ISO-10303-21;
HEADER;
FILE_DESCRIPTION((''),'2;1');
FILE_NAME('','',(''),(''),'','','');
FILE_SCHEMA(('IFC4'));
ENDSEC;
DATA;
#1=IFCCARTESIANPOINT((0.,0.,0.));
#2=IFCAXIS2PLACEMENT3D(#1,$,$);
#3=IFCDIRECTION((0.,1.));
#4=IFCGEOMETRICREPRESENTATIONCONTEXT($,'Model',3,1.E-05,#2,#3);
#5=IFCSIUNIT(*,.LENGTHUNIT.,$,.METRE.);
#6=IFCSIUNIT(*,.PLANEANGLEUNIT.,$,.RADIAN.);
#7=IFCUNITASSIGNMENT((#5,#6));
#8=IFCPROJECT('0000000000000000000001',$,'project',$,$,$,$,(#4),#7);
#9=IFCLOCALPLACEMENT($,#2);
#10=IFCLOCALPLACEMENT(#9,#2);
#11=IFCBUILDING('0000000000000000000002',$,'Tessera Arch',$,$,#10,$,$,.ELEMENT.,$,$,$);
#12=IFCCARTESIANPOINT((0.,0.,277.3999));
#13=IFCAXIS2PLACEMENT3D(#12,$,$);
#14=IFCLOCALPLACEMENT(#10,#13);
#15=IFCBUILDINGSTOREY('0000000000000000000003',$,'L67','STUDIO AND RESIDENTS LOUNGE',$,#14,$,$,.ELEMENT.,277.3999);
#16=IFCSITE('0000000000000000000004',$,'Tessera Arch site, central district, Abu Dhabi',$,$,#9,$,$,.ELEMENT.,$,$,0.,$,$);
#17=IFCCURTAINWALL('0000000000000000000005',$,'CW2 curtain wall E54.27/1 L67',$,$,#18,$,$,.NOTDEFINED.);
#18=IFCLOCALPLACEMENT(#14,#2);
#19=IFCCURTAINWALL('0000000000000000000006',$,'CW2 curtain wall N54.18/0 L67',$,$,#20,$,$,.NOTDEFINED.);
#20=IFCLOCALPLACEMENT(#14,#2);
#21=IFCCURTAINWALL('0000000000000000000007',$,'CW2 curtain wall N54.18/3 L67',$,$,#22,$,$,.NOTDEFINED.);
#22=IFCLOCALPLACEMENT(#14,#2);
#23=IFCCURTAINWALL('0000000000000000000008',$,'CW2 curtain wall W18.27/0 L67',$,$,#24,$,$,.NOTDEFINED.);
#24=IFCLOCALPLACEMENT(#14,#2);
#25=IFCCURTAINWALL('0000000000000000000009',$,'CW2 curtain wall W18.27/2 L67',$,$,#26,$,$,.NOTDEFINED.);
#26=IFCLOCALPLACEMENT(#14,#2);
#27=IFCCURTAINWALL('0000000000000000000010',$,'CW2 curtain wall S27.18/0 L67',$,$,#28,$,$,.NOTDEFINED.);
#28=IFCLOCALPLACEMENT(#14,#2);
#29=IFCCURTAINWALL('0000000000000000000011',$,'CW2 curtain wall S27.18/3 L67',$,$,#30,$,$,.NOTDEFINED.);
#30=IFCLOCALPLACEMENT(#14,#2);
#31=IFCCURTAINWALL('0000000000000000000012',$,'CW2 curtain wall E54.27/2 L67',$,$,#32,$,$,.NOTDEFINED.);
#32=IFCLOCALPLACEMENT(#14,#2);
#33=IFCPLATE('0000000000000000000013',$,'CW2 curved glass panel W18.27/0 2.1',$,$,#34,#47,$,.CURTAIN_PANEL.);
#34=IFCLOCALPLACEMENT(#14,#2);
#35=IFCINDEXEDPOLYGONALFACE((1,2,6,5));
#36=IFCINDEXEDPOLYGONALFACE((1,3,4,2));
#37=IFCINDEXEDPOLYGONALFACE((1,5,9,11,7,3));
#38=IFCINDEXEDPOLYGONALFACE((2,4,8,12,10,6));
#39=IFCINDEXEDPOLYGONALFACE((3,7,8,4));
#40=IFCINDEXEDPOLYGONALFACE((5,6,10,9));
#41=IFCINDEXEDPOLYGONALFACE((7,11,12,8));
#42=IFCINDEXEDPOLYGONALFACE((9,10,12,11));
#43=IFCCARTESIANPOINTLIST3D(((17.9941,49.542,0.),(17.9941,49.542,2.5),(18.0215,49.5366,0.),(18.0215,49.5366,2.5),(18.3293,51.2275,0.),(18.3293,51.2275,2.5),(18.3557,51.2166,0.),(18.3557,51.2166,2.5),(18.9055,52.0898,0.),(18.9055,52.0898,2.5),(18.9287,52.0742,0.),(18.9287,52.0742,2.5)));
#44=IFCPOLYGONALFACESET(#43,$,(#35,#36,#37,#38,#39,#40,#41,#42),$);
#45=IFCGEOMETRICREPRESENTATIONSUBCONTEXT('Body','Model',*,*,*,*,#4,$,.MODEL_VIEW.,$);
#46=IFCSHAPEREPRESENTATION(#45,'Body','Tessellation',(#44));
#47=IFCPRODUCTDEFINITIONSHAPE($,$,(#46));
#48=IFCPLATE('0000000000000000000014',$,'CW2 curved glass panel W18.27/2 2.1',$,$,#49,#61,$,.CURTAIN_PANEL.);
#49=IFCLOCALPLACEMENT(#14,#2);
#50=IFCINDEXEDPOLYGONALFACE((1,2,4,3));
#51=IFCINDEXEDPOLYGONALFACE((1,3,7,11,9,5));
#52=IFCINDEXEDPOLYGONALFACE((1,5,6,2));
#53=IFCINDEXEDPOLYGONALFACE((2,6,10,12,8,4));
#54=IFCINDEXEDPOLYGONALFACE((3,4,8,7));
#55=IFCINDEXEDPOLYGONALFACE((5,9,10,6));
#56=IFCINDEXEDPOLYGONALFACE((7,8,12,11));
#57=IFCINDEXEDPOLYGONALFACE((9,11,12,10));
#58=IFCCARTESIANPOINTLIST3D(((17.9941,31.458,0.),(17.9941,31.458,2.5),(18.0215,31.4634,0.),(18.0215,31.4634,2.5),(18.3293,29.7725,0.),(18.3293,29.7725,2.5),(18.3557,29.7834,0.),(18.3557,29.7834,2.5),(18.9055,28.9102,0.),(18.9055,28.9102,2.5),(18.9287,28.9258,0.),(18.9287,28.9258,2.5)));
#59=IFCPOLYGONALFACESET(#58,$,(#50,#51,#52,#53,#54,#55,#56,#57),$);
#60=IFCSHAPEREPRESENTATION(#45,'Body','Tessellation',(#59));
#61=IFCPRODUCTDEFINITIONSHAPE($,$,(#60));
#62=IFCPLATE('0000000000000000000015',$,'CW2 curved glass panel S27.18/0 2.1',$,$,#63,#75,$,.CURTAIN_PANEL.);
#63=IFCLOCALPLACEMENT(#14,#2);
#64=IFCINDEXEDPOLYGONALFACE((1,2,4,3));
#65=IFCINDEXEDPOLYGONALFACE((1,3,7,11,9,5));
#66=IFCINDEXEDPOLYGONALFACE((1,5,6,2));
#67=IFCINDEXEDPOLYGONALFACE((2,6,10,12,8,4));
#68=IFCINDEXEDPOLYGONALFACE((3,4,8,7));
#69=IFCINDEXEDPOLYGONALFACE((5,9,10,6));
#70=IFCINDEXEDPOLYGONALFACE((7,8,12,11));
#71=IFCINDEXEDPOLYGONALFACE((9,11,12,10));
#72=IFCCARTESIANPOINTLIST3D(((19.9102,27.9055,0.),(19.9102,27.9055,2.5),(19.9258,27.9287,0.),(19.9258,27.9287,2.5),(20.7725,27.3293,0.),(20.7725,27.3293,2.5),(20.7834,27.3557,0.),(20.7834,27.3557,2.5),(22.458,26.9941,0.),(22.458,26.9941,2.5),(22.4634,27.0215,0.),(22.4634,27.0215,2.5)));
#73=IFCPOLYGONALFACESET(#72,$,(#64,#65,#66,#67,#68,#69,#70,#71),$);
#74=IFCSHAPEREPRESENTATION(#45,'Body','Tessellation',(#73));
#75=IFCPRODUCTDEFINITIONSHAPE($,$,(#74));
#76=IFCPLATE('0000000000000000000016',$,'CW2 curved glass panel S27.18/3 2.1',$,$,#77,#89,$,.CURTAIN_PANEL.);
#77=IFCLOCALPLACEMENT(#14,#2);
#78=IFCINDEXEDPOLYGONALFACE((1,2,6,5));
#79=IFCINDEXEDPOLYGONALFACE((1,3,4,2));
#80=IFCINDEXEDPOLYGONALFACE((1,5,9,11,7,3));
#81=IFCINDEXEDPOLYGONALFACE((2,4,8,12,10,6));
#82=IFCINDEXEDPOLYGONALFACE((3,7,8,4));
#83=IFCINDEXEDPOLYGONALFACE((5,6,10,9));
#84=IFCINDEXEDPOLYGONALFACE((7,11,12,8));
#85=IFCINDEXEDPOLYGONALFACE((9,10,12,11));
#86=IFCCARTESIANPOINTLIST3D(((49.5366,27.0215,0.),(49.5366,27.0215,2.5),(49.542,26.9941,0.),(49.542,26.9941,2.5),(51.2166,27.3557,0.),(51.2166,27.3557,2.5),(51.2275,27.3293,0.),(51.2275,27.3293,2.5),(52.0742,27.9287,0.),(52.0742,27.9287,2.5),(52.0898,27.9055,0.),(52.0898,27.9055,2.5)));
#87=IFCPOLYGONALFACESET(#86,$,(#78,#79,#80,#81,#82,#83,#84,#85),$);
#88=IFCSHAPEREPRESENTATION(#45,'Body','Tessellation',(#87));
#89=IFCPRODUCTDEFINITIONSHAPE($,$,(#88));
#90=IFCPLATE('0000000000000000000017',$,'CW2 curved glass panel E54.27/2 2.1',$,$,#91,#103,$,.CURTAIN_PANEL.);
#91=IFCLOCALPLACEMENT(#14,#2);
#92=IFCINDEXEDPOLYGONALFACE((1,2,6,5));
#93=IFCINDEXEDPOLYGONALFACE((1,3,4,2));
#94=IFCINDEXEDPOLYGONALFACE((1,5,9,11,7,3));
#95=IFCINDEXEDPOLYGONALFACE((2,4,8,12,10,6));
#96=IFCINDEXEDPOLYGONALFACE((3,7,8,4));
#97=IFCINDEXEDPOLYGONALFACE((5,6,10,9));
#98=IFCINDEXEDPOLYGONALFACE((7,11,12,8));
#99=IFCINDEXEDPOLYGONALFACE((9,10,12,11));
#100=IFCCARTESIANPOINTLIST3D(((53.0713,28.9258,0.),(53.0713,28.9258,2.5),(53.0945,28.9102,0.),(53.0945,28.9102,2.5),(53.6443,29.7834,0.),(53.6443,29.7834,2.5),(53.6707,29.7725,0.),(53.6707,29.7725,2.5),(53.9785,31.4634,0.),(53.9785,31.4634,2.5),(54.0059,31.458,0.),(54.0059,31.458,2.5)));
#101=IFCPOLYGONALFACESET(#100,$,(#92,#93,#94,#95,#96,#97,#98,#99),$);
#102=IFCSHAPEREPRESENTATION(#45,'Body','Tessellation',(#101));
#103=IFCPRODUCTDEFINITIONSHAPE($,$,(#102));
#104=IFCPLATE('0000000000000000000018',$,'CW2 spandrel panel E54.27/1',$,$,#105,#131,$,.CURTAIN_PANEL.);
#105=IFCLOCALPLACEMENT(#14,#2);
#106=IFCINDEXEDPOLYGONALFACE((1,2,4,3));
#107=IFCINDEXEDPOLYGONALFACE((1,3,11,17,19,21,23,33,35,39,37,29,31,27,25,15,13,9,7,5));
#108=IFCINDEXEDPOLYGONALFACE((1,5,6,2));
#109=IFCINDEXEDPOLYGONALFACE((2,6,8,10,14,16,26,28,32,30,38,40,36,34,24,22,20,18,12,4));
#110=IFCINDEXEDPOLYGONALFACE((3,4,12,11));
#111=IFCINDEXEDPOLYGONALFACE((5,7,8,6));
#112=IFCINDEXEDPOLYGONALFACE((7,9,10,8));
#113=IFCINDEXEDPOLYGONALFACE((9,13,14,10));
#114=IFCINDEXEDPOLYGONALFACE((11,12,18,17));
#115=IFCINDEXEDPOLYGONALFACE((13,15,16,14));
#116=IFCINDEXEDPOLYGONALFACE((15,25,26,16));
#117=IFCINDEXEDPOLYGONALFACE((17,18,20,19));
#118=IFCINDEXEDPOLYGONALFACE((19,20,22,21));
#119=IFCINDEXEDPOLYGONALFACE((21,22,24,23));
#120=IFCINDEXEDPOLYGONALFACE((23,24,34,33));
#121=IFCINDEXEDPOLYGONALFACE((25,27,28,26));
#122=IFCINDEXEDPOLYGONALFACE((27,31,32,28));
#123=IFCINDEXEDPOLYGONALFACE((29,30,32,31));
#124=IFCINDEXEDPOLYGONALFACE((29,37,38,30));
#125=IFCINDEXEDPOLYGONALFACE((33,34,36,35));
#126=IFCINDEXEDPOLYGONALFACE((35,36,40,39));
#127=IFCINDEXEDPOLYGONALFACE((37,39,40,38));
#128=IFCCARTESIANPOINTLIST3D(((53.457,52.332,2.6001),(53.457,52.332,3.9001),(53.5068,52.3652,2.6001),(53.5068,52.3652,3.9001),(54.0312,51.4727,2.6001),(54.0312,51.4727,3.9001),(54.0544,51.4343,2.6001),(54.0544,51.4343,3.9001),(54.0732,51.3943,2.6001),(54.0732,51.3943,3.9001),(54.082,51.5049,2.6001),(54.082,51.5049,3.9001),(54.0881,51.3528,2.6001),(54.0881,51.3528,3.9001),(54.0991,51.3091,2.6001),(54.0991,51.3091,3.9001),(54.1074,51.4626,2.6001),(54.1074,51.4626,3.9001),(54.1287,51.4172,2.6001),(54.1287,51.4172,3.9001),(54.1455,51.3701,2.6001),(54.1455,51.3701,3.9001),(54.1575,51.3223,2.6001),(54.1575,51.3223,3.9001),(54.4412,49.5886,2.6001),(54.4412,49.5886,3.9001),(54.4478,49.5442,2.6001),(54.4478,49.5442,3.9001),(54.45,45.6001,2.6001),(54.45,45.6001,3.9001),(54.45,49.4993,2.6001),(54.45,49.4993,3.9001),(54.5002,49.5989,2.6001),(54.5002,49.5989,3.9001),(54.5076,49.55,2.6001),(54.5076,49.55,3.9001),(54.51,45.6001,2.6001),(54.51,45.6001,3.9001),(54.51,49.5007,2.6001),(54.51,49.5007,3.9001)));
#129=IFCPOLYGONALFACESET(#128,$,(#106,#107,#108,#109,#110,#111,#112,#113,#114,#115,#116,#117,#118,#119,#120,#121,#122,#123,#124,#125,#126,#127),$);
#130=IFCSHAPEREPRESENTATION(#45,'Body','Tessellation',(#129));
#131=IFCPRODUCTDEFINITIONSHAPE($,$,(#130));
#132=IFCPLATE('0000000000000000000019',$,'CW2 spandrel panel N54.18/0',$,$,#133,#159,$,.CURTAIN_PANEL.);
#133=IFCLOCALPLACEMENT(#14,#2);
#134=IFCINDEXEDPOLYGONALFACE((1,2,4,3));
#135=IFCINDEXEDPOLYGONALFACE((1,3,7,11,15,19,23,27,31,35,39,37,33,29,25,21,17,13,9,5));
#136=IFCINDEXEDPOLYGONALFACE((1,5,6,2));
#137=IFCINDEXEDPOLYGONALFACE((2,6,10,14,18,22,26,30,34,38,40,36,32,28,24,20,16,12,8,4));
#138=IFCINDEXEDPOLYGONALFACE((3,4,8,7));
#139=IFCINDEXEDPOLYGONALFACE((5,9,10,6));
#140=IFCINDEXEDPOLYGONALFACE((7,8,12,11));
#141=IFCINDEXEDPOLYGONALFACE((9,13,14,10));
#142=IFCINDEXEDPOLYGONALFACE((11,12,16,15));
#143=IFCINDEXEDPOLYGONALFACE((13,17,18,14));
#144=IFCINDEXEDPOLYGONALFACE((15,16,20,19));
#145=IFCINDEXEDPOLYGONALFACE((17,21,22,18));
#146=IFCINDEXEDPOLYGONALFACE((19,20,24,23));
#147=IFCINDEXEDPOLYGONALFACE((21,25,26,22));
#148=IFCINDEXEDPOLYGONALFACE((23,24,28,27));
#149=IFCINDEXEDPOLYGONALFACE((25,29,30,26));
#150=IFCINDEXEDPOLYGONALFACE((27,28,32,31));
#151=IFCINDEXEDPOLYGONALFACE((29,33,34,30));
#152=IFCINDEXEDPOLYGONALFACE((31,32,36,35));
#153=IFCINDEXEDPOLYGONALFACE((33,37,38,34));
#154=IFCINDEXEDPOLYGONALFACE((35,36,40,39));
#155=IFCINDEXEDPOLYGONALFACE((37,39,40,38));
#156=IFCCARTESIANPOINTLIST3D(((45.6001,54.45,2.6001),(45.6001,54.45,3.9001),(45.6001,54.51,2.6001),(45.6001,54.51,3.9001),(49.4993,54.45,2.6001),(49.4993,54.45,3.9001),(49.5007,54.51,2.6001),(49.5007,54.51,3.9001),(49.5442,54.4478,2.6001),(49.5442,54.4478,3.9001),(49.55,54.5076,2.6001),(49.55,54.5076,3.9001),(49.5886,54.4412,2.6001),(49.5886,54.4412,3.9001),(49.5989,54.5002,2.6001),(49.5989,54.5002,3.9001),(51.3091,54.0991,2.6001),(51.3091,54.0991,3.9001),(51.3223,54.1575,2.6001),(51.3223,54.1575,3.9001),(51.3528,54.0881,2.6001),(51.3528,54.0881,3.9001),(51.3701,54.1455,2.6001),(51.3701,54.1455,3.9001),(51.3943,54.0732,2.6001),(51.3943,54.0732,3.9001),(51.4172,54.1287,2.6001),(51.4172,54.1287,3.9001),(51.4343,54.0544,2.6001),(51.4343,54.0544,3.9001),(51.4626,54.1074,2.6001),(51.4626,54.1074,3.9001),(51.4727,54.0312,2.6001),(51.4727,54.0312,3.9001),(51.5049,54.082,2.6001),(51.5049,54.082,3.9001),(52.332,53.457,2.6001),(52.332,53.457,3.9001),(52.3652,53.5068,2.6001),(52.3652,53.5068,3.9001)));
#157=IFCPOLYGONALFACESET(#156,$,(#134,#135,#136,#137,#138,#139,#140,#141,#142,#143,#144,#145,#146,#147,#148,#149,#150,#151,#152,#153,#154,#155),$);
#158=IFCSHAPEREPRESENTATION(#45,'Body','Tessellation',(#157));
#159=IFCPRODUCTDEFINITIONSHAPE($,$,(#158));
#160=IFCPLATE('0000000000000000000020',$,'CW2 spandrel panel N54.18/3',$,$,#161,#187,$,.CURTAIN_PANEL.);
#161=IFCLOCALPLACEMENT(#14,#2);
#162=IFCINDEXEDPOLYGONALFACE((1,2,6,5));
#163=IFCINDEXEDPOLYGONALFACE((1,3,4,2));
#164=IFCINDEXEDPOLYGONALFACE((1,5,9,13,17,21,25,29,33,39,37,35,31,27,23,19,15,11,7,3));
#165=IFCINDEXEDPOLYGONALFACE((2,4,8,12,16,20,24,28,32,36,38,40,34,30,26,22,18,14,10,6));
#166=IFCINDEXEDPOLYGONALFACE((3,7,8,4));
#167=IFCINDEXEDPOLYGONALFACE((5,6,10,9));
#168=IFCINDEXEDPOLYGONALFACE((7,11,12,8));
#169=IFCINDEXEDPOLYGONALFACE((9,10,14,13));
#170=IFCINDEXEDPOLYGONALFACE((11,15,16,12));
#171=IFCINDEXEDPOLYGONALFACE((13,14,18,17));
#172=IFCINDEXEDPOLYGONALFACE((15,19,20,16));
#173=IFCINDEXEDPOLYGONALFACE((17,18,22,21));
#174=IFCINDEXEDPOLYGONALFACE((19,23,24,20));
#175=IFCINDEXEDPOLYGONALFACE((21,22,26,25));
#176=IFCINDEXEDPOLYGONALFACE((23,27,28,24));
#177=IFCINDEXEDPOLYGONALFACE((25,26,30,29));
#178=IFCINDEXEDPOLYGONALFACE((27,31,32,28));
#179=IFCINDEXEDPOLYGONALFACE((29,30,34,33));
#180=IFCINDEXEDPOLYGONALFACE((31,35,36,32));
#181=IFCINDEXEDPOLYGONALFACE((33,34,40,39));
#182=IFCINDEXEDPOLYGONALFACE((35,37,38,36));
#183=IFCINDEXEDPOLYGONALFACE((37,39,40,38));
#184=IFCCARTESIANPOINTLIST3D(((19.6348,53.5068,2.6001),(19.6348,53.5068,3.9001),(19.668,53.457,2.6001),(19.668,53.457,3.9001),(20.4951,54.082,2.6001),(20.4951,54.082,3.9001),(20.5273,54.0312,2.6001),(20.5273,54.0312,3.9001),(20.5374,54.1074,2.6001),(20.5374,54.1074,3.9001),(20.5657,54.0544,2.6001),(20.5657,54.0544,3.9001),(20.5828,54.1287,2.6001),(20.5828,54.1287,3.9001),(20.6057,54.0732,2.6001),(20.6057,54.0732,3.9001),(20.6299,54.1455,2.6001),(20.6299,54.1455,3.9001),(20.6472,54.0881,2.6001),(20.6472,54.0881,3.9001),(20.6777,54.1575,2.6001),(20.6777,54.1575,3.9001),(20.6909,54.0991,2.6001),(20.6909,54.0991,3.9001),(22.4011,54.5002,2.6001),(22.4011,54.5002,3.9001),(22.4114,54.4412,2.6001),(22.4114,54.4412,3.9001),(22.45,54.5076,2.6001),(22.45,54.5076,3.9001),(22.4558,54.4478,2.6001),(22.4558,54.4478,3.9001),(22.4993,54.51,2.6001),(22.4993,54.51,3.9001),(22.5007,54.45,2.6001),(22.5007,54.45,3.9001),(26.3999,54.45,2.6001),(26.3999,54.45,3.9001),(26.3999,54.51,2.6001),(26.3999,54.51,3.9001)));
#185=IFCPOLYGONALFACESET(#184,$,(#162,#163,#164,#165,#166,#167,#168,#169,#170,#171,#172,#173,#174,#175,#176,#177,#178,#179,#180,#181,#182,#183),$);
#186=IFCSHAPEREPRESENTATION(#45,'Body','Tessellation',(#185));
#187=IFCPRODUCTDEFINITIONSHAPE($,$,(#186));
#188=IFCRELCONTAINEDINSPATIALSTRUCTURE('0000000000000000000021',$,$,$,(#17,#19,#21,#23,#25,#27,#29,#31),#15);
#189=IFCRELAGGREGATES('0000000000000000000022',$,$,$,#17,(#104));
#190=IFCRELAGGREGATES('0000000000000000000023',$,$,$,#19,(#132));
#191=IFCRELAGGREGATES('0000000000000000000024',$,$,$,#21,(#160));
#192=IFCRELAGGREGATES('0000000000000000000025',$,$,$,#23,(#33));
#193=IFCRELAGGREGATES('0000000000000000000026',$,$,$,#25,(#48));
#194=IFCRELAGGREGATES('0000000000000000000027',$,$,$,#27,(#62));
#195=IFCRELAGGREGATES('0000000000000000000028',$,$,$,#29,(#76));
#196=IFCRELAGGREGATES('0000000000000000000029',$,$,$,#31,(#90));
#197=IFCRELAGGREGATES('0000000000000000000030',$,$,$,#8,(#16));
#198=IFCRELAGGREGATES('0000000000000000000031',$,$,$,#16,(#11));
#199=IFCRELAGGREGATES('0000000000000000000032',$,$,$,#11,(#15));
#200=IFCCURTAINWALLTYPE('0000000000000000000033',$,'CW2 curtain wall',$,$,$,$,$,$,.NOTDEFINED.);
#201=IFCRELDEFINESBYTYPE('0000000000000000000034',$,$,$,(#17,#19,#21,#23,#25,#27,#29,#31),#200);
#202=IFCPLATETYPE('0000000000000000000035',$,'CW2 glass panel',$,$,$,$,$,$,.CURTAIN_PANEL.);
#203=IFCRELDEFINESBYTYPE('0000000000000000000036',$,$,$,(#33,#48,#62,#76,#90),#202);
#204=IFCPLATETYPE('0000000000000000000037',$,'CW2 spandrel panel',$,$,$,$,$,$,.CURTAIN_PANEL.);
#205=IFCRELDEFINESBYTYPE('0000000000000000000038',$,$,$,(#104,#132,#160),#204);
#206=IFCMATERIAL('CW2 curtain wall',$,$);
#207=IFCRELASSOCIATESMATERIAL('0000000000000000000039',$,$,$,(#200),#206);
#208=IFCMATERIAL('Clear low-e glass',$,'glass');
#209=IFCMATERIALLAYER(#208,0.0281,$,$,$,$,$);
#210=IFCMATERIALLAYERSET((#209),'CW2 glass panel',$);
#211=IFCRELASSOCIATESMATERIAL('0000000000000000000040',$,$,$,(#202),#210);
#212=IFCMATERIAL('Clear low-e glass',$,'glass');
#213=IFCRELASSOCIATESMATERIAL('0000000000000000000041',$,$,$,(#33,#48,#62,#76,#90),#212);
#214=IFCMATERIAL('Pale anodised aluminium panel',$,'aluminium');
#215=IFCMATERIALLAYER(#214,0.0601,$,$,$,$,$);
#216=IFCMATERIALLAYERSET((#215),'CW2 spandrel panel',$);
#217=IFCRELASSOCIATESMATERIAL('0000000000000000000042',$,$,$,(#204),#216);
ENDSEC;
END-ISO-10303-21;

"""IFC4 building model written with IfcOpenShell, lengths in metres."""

from ifc_helpers import new_model, si_unit, direction, frame, origin, place, context, subcontext, project, spatial, polyline, outline, extrude, material, layer, layer_set, type_object, element, aggregate, save


model = new_model("IFC4")

# Units and contexts
model_context = context("Model", 3, precision=1e-05, world=origin(), true_north=direction((0.0, 1.0)))
body_context = subcontext(model_context, "Body", "Model", "MODEL_VIEW")
ifc_project = project(units=[si_unit("LENGTHUNIT", "METRE"), si_unit("PLANEANGLEUNIT", "RADIAN")], contexts=[model_context])

# Site, building, storey
site_placement = place(None, origin())
site = spatial("IfcSite", under=ifc_project, at=site_placement, Name="Tessera Arch site, central district, Abu Dhabi", CompositionType="ELEMENT", RefElevation=0.0)
building_placement = place(site_placement, origin())
building = spatial("IfcBuilding", under=site, at=building_placement, Name="Tessera Arch", CompositionType="ELEMENT")
storey_placement = place(building_placement, frame((0.0, 0.0, 277.3999)))
storey = spatial("IfcBuildingStorey", under=building, at=storey_placement, Name="L67", Description="STUDIO AND RESIDENTS LOUNGE", CompositionType="ELEMENT", Elevation=277.3999)

# Curtain walls
ifc_material_1 = material(Name="CW2 curtain wall")
curtain_wall_type = type_object("IfcCurtainWallType", Name="CW2 curtain wall", PredefinedType="NOTDEFINED", material=ifc_material_1)
curtain_wall_1_placement = place(storey_placement, origin())
curtain_wall_1 = element("IfcCurtainWall", 1, at=curtain_wall_1_placement, inside=storey, type_object=curtain_wall_type, Name="CW2 curtain wall E54.27/1 L67", PredefinedType="NOTDEFINED")
curtain_wall_2_placement = place(storey_placement, origin())
curtain_wall_2 = element("IfcCurtainWall", 2, at=curtain_wall_2_placement, inside=storey, type_object=curtain_wall_type, Name="CW2 curtain wall N54.18/0 L67", PredefinedType="NOTDEFINED")
curtain_wall_3_placement = place(storey_placement, origin())
curtain_wall_3 = element("IfcCurtainWall", 3, at=curtain_wall_3_placement, inside=storey, type_object=curtain_wall_type, Name="CW2 curtain wall N54.18/3 L67", PredefinedType="NOTDEFINED")
curtain_wall_4_placement = place(storey_placement, origin())
curtain_wall_4 = element("IfcCurtainWall", 4, at=curtain_wall_4_placement, inside=storey, type_object=curtain_wall_type, Name="CW2 curtain wall W18.27/0 L67", PredefinedType="NOTDEFINED")
curtain_wall_5_placement = place(storey_placement, origin())
curtain_wall_5 = element("IfcCurtainWall", 5, at=curtain_wall_5_placement, inside=storey, type_object=curtain_wall_type, Name="CW2 curtain wall W18.27/2 L67", PredefinedType="NOTDEFINED")
curtain_wall_6_placement = place(storey_placement, origin())
curtain_wall_6 = element("IfcCurtainWall", 6, at=curtain_wall_6_placement, inside=storey, type_object=curtain_wall_type, Name="CW2 curtain wall S27.18/0 L67", PredefinedType="NOTDEFINED")
curtain_wall_7_placement = place(storey_placement, origin())
curtain_wall_7 = element("IfcCurtainWall", 7, at=curtain_wall_7_placement, inside=storey, type_object=curtain_wall_type, Name="CW2 curtain wall S27.18/3 L67", PredefinedType="NOTDEFINED")
curtain_wall_8_placement = place(storey_placement, origin())
curtain_wall_8 = element("IfcCurtainWall", 8, at=curtain_wall_8_placement, inside=storey, type_object=curtain_wall_type, Name="CW2 curtain wall E54.27/2 L67", PredefinedType="NOTDEFINED")

# Plates
ifc_material_2 = material(Name="Clear low-e glass", Category="glass")
ifc_material_3 = material(Name="Clear low-e glass", Category="glass")
ifc_layer_1 = layer(ifc_material_3, 0.0281)
ifc_layer_set_1 = layer_set([ifc_layer_1], Name="CW2 glass panel")
plate_type_1 = type_object("IfcPlateType", Name="CW2 glass panel", PredefinedType="CURTAIN_PANEL", material=ifc_layer_set_1)
plate_1_placement = place(storey_placement, origin())
plate_1 = element("IfcPlate", 9, at=plate_1_placement, type_object=plate_type_1, material=ifc_material_2, Name="CW2 curved glass panel W18.27/0 2.1", PredefinedType="CURTAIN_PANEL", context=body_context, shape_type="SweptSolid", body=[
    extrude(outline(polyline([(18.3557, 51.2166), (18.9287, 52.0742), (18.9055, 52.0898), (18.3293, 51.2275), (17.9941, 49.542), (18.0215, 49.5366), (18.3557, 51.2166)])), origin(), (0.0, 0.0, 1.0), 2.5),
])
plate_2_placement = place(storey_placement, origin())
plate_2 = element("IfcPlate", 10, at=plate_2_placement, type_object=plate_type_1, material=ifc_material_2, Name="CW2 curved glass panel W18.27/2 2.1", PredefinedType="CURTAIN_PANEL", context=body_context, shape_type="SweptSolid", body=[
    extrude(outline(polyline([(18.3557, 29.7834), (18.0215, 31.4634), (17.9941, 31.458), (18.3293, 29.7725), (18.9055, 28.9102), (18.9287, 28.9258), (18.3557, 29.7834)])), origin(), (0.0, 0.0, 1.0), 2.5),
])
plate_3_placement = place(storey_placement, origin())
plate_3 = element("IfcPlate", 11, at=plate_3_placement, type_object=plate_type_1, material=ifc_material_2, Name="CW2 curved glass panel S27.18/0 2.1", PredefinedType="CURTAIN_PANEL", context=body_context, shape_type="SweptSolid", body=[
    extrude(outline(polyline([(20.7834, 27.3557), (19.9258, 27.9287), (19.9102, 27.9055), (20.7725, 27.3293), (22.458, 26.9941), (22.4634, 27.0215), (20.7834, 27.3557)])), origin(), (0.0, 0.0, 1.0), 2.5),
])
plate_4_placement = place(storey_placement, origin())
plate_4 = element("IfcPlate", 12, at=plate_4_placement, type_object=plate_type_1, material=ifc_material_2, Name="CW2 curved glass panel S27.18/3 2.1", PredefinedType="CURTAIN_PANEL", context=body_context, shape_type="SweptSolid", body=[
    extrude(outline(polyline([(51.2166, 27.3557), (49.5366, 27.0215), (49.542, 26.9941), (51.2275, 27.3293), (52.0898, 27.9055), (52.0742, 27.9287), (51.2166, 27.3557)])), origin(), (0.0, 0.0, 1.0), 2.5),
])
plate_5_placement = place(storey_placement, origin())
plate_5 = element("IfcPlate", 13, at=plate_5_placement, type_object=plate_type_1, material=ifc_material_2, Name="CW2 curved glass panel E54.27/2 2.1", PredefinedType="CURTAIN_PANEL", context=body_context, shape_type="SweptSolid", body=[
    extrude(outline(polyline([(53.6443, 29.7834), (53.0713, 28.9258), (53.0945, 28.9102), (53.6707, 29.7725), (54.0059, 31.458), (53.9785, 31.4634), (53.6443, 29.7834)])), origin(), (0.0, 0.0, 1.0), 2.5),
])
ifc_material_4 = material(Name="Pale anodised aluminium panel", Category="aluminium")
ifc_layer_2 = layer(ifc_material_4, 0.0601)
ifc_layer_set_2 = layer_set([ifc_layer_2], Name="CW2 spandrel panel")
plate_type_2 = type_object("IfcPlateType", Name="CW2 spandrel panel", PredefinedType="CURTAIN_PANEL", material=ifc_layer_set_2)
plate_6_placement = place(storey_placement, frame((0.0, 0.0, 2.6001)))
plate_6 = element("IfcPlate", 14, at=plate_6_placement, type_object=plate_type_2, Name="CW2 spandrel panel E54.27/1", PredefinedType="CURTAIN_PANEL", context=body_context, shape_type="SweptSolid", body=[
    extrude(outline(polyline([(54.45, 49.4993), (54.45, 45.6001), (54.51, 45.6001), (54.51, 49.5007), (54.5076, 49.55), (54.5002, 49.5989), (54.1575, 51.3223), (54.1455, 51.3701), (54.1287, 51.4172), (54.1074, 51.4626), (54.082, 51.5049), (53.5068, 52.3652), (53.457, 52.332), (54.0312, 51.4727), (54.0544, 51.4343), (54.0732, 51.3943), (54.0881, 51.3528), (54.0991, 51.3091), (54.4412, 49.5886), (54.4478, 49.5442), (54.45, 49.4993)])), origin(), (0.0, 0.0, 1.0), 1.3),
])
aggregate(curtain_wall_1, [plate_6])
plate_7_placement = place(storey_placement, frame((0.0, 0.0, 2.6001)))
plate_7 = element("IfcPlate", 15, at=plate_7_placement, type_object=plate_type_2, Name="CW2 spandrel panel N54.18/0", PredefinedType="CURTAIN_PANEL", context=body_context, shape_type="SweptSolid", body=[
    extrude(outline(polyline([(51.4727, 54.0312), (52.332, 53.457), (52.3652, 53.5068), (51.5049, 54.082), (51.4626, 54.1074), (51.4172, 54.1287), (51.3701, 54.1455), (51.3223, 54.1575), (49.5989, 54.5002), (49.55, 54.5076), (49.5007, 54.51), (45.6001, 54.51), (45.6001, 54.45), (49.4993, 54.45), (49.5442, 54.4478), (49.5886, 54.4412), (51.3091, 54.0991), (51.3528, 54.0881), (51.3943, 54.0732), (51.4343, 54.0544), (51.4727, 54.0312)])), origin(), (0.0, 0.0, 1.0), 1.3),
])
aggregate(curtain_wall_2, [plate_7])
plate_8_placement = place(storey_placement, frame((0.0, 0.0, 2.6001)))
plate_8 = element("IfcPlate", 16, at=plate_8_placement, type_object=plate_type_2, Name="CW2 spandrel panel N54.18/3", PredefinedType="CURTAIN_PANEL", context=body_context, shape_type="SweptSolid", body=[
    extrude(outline(polyline([(22.5007, 54.45), (26.3999, 54.45), (26.3999, 54.51), (22.4993, 54.51), (22.45, 54.5076), (22.4011, 54.5002), (20.6777, 54.1575), (20.6299, 54.1455), (20.5828, 54.1287), (20.5374, 54.1074), (20.4951, 54.082), (19.6348, 53.5068), (19.668, 53.457), (20.5273, 54.0312), (20.5657, 54.0544), (20.6057, 54.0732), (20.6472, 54.0881), (20.6909, 54.0991), (22.4114, 54.4412), (22.4558, 54.4478), (22.5007, 54.45)])), origin(), (0.0, 0.0, 1.0), 1.3),
])
aggregate(curtain_wall_3, [plate_8])
aggregate(curtain_wall_4, [plate_1])
aggregate(curtain_wall_5, [plate_2])
aggregate(curtain_wall_6, [plate_3])
aggregate(curtain_wall_7, [plate_4])
aggregate(curtain_wall_8, [plate_5])

save(model, "model.ifc")
